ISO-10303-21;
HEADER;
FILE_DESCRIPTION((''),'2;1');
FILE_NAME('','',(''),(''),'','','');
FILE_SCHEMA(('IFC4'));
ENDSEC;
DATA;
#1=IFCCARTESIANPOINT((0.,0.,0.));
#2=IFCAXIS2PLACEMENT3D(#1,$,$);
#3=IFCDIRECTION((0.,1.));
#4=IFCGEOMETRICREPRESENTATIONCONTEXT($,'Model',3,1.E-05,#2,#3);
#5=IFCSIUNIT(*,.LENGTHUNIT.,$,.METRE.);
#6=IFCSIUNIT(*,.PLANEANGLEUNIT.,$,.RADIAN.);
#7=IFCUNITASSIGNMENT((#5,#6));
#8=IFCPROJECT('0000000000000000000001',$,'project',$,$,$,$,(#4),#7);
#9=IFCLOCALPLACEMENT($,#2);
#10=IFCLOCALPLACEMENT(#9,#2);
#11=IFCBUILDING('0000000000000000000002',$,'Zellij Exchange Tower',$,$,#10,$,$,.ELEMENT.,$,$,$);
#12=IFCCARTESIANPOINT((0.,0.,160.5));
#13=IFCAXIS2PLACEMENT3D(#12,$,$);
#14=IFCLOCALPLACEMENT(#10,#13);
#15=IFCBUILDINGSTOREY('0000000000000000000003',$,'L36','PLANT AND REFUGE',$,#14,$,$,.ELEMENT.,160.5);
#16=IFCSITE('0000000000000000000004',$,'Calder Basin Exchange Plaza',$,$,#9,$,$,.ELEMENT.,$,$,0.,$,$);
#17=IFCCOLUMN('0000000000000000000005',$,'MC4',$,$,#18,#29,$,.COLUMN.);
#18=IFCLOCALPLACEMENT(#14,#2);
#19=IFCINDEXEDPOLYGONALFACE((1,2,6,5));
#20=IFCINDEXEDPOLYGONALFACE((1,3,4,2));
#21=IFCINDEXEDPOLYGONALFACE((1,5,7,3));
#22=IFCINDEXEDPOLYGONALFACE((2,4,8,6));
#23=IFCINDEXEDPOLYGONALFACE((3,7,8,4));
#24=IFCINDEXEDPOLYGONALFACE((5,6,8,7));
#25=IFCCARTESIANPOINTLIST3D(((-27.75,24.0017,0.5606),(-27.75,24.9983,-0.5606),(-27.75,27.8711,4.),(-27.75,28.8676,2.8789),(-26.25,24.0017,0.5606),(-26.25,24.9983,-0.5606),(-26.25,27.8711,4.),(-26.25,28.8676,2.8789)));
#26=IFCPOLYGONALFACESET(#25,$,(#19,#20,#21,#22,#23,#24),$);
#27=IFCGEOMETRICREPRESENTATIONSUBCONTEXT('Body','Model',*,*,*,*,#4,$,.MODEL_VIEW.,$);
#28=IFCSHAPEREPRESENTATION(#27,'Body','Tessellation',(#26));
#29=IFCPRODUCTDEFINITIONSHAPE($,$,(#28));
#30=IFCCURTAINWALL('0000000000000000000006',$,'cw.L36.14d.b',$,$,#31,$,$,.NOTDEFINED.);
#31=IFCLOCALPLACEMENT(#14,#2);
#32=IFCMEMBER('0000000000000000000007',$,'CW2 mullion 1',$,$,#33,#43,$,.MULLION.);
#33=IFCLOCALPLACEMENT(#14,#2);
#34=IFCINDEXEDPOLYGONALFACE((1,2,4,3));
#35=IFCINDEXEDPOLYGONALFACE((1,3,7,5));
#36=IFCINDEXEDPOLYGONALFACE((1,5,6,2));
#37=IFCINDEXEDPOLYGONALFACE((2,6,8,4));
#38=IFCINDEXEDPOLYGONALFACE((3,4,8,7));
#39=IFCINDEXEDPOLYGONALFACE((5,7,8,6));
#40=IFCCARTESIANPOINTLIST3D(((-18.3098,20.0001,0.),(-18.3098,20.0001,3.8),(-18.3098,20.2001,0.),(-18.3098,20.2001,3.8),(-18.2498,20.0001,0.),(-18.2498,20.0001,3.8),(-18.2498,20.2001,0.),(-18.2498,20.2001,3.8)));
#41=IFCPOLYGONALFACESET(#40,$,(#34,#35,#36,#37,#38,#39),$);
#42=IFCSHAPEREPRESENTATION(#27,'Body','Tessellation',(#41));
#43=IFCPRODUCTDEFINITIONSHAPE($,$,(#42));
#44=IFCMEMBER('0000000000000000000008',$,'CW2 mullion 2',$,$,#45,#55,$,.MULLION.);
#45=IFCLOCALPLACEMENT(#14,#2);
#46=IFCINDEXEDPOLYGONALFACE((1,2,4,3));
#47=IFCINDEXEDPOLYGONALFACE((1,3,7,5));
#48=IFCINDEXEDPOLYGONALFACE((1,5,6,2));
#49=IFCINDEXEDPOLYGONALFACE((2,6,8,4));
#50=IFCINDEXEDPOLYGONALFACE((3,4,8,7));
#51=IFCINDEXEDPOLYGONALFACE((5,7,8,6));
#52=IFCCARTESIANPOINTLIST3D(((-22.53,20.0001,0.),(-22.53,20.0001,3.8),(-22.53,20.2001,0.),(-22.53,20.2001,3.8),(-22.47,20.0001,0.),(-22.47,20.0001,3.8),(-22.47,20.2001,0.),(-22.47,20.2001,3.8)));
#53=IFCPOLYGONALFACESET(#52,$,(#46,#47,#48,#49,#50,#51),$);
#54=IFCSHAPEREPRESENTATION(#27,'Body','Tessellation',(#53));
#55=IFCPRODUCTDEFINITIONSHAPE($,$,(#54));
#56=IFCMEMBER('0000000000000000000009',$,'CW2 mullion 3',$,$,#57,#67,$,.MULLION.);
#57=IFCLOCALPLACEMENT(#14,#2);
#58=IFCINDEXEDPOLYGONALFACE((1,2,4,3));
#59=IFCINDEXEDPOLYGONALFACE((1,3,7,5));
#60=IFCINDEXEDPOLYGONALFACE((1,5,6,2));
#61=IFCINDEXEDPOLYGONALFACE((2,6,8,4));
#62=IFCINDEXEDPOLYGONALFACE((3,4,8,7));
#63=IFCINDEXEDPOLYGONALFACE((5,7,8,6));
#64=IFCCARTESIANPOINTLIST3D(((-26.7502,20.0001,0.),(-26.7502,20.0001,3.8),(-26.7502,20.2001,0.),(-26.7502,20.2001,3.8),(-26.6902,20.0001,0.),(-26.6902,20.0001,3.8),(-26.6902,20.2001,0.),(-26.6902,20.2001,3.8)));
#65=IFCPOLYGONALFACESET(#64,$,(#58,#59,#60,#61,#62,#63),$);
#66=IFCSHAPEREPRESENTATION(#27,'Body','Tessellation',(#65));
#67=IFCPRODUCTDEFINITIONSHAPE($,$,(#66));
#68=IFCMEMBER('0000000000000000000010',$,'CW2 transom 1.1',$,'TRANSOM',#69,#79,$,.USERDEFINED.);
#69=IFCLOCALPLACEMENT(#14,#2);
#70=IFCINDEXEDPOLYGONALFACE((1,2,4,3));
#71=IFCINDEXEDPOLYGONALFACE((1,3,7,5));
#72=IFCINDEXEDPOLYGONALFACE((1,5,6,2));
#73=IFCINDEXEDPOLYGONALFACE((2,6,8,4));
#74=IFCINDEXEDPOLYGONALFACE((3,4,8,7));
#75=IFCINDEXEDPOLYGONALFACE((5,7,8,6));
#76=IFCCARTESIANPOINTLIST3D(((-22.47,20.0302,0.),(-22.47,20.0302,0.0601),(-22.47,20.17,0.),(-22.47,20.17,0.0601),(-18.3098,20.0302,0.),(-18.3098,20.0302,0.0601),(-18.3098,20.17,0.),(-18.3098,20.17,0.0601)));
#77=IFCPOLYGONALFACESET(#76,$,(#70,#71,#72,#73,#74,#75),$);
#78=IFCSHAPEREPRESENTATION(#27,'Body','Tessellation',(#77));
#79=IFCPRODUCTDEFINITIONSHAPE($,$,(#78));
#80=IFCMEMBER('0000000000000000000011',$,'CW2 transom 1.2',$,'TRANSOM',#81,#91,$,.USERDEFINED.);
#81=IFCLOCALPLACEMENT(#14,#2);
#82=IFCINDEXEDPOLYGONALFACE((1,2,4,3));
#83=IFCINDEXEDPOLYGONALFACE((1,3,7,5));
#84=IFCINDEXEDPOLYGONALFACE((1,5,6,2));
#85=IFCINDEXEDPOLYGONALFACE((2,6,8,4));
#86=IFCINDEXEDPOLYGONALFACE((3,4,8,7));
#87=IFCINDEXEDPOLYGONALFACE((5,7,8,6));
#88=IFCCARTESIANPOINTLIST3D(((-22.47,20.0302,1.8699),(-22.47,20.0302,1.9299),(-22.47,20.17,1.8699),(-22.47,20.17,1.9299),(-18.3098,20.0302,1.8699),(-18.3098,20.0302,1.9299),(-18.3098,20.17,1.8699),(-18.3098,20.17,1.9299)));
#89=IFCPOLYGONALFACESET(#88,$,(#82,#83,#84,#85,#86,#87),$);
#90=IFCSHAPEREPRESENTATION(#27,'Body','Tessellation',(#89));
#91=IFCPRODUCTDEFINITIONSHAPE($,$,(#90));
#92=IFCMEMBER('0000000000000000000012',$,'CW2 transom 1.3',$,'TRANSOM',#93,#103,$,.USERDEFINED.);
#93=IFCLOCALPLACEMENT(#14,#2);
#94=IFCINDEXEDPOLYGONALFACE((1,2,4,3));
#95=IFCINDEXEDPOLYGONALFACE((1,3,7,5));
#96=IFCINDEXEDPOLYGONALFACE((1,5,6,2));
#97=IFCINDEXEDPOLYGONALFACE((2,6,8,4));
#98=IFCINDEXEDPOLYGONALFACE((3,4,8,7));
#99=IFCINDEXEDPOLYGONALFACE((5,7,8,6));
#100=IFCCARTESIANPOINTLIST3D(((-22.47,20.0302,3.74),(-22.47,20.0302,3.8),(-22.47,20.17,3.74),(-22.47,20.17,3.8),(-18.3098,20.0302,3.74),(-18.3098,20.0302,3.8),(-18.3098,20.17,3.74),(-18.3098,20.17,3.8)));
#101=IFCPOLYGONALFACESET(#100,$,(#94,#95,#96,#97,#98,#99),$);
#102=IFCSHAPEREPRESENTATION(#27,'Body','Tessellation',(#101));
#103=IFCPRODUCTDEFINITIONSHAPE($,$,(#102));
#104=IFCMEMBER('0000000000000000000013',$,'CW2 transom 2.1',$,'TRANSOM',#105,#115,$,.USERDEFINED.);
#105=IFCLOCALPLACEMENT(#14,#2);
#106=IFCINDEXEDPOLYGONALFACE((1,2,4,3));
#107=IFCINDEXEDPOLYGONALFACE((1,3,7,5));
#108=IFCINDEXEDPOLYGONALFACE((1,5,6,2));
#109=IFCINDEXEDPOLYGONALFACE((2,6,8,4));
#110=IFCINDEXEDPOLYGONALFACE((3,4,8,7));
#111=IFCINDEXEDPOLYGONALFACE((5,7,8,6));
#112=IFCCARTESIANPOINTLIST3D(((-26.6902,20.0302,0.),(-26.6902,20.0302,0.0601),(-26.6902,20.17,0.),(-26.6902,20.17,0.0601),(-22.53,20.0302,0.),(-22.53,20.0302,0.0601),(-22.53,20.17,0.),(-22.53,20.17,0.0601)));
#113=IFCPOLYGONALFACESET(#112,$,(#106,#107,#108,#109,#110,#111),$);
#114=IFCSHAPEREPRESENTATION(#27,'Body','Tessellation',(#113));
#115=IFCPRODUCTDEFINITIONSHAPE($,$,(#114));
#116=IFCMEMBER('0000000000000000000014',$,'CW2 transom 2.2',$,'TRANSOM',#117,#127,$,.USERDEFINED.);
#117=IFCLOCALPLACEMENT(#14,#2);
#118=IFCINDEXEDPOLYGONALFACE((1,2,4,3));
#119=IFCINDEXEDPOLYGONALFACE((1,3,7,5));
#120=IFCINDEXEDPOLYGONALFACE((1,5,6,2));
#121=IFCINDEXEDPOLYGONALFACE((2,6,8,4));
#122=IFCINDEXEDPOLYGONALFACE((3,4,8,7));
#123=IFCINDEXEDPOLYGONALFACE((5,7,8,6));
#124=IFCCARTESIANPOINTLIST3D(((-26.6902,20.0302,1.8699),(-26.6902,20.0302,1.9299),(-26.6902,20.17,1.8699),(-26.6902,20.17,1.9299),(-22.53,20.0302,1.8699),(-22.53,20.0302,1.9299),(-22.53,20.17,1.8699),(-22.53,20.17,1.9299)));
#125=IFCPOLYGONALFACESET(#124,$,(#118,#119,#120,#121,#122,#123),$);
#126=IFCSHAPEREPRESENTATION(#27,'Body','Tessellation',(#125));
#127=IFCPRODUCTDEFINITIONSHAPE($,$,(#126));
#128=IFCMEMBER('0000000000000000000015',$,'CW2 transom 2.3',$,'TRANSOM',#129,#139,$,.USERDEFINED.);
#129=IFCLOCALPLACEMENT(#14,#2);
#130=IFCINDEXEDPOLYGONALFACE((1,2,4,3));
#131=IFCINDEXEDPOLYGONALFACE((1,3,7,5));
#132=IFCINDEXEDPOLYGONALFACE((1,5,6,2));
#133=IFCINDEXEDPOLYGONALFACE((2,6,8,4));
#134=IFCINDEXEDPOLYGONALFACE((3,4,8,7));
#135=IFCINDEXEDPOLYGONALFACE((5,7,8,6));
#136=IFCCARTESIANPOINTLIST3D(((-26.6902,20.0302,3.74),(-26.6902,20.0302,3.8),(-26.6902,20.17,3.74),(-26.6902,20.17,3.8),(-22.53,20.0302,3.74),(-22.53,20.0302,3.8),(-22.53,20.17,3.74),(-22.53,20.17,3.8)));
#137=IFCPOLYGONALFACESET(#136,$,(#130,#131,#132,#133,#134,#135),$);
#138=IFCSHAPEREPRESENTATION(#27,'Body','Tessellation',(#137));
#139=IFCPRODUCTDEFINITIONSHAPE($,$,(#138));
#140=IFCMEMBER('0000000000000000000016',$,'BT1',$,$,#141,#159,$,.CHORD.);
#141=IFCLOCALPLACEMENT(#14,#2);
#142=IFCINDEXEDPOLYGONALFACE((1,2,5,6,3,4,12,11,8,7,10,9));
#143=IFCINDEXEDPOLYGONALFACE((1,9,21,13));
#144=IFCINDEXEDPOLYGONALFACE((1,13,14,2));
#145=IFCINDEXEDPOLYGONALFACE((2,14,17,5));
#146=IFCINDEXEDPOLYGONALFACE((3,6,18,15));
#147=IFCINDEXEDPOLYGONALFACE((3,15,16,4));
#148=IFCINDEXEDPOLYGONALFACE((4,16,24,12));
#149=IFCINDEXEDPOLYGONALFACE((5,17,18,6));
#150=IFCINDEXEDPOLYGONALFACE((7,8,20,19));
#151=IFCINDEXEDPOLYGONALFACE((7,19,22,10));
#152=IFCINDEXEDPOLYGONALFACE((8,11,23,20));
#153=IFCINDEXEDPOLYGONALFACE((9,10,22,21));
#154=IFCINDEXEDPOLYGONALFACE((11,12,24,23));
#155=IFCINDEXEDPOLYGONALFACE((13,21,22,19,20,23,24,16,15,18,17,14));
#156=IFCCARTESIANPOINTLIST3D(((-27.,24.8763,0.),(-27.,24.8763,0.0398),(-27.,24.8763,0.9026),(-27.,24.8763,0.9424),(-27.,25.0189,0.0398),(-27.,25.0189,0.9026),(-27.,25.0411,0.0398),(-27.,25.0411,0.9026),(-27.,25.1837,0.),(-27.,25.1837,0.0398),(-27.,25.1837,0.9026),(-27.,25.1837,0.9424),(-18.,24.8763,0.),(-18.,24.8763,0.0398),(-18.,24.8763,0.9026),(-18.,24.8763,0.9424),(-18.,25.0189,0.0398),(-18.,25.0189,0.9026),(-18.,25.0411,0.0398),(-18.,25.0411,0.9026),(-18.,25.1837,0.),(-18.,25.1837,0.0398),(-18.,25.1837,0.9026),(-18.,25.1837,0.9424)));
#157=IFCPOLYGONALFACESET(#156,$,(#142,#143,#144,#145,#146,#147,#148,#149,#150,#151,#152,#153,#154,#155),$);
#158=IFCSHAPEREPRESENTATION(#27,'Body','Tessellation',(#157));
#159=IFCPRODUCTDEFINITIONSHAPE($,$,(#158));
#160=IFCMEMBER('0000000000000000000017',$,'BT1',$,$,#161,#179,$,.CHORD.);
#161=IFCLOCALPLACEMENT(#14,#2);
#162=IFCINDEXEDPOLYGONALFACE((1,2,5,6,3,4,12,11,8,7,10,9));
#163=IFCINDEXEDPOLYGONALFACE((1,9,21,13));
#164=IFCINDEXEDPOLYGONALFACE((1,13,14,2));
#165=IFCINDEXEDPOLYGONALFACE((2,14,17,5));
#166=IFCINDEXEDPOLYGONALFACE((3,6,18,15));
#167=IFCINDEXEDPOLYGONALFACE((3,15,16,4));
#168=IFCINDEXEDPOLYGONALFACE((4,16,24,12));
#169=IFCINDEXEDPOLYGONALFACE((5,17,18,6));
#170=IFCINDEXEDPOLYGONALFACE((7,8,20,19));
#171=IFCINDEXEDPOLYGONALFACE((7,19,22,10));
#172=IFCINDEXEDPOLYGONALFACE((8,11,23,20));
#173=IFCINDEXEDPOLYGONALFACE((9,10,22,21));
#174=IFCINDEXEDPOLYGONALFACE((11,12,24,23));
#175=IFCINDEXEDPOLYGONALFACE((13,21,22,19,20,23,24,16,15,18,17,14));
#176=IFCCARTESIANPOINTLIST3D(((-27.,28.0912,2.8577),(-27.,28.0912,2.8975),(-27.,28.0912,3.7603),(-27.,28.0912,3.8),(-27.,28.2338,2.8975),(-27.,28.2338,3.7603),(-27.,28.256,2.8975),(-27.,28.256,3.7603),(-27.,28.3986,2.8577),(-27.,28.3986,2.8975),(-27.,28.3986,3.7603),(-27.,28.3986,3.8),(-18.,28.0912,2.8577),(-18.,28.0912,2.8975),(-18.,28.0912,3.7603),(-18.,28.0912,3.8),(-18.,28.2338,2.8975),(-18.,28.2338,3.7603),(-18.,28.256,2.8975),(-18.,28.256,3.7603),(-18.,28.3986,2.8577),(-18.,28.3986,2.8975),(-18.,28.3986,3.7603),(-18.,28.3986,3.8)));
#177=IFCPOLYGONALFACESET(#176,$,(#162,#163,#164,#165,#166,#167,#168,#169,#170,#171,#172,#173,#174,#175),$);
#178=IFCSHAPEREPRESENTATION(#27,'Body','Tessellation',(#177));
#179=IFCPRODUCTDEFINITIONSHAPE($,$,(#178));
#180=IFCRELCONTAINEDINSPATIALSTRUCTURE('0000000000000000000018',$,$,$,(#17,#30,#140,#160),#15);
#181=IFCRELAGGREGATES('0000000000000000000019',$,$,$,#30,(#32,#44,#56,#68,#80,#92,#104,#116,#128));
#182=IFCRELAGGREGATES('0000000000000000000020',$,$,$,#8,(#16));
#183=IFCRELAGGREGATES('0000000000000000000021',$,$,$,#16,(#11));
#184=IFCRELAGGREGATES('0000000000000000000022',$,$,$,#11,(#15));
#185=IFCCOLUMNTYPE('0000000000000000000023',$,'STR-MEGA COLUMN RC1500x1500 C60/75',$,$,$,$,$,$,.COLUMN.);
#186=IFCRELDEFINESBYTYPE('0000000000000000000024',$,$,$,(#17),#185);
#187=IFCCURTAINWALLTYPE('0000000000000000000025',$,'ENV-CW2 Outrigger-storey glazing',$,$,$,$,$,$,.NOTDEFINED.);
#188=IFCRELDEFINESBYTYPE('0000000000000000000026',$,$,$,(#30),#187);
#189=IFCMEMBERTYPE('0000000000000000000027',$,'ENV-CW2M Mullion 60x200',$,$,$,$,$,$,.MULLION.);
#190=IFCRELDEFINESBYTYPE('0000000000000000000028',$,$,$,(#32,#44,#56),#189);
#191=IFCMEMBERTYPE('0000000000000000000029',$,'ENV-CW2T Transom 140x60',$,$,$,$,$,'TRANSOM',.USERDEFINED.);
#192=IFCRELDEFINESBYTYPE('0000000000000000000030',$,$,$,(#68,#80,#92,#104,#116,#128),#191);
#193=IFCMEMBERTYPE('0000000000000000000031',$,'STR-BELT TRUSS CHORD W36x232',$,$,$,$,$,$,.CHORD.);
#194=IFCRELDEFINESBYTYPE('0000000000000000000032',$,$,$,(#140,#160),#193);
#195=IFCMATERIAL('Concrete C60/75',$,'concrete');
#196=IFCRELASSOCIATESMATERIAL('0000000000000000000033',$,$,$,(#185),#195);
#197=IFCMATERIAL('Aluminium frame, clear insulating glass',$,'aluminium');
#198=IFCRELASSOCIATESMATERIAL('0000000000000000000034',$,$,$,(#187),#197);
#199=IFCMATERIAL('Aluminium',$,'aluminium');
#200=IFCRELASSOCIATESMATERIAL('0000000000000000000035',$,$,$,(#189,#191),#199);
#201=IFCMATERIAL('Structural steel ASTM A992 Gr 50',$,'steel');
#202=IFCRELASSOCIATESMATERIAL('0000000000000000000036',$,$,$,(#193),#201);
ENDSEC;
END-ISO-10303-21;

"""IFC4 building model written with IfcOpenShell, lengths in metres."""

from ifc_helpers import new_model, si_unit, direction, frame, origin, origin_2d, place, context, subcontext, project, spatial, rectangle, i_section, extrude, clip, halfspace, material, material_profile, profile_set, type_object, element, aggregate, save


model = new_model("IFC4")

# Units and contexts
model_context = context("Model", 3, precision=1e-05, world=origin(), true_north=direction((0.0, 1.0)))
body_context = subcontext(model_context, "Body", "Model", "MODEL_VIEW")
ifc_project = project(units=[si_unit("LENGTHUNIT", "METRE"), si_unit("PLANEANGLEUNIT", "RADIAN")], contexts=[model_context])

# Site, building, storey
site_placement = place(None, origin())
site = spatial("IfcSite", under=ifc_project, at=site_placement, Name="Calder Basin Exchange Plaza", CompositionType="ELEMENT", RefElevation=0.0)
building_placement = place(site_placement, origin())
building = spatial("IfcBuilding", under=site, at=building_placement, Name="Zellij Exchange Tower", CompositionType="ELEMENT")
storey_placement = place(building_placement, frame((0.0, 0.0, 160.5)))
storey = spatial("IfcBuildingStorey", under=building, at=storey_placement, Name="L36", Description="PLANT AND REFUGE", CompositionType="ELEMENT", Elevation=160.5)

# Column
ifc_material_1 = material(Name="Concrete C60/75", Category="concrete")
ifc_material_profile_1 = material_profile(ifc_material_1, rectangle(XDim=1.5, YDim=1.5, at=origin_2d()), Name="STR-MEGA COLUMN RC1500x1500 C60/75")
ifc_profile_set_1 = profile_set([ifc_material_profile_1], Name="Concrete C60/75")
column_type = type_object("IfcColumnType", Name="STR-MEGA COLUMN RC1500x1500 C60/75", PredefinedType="COLUMN", material=ifc_profile_set_1)
column_placement = place(storey_placement, frame((-27.0, 24.5, 0.0), z_axis=(0.0, 0.747409, 0.664364), x_axis=(-1.0, 0.0, 0.0)))
element("IfcColumn", 1, at=column_placement, inside=storey, type_object=column_type, Name="MC4", PredefinedType="COLUMN", context=body_context, shape_type="Clipping", body=[
    clip(extrude(rectangle(XDim=1.5, YDim=1.5, at=origin_2d()), origin(), (0.0, 0.0, 1.0), 6.0208), halfspace(frame((0.0, 0.0, 5.177)), False)),
])

# Curtain wall, members
ifc_material_2 = material(Name="Aluminium frame, clear insulating glass", Category="aluminium")
curtain_wall_type = type_object("IfcCurtainWallType", Name="ENV-CW2 Outrigger-storey glazing", PredefinedType="NOTDEFINED", material=ifc_material_2)
curtain_wall_placement = place(storey_placement, origin())
curtain_wall = element("IfcCurtainWall", 2, at=curtain_wall_placement, inside=storey, type_object=curtain_wall_type, Name="cw.L36.14d.b", PredefinedType="NOTDEFINED")
ifc_material_3 = material(Name="Aluminium", Category="aluminium")
ifc_material_profile_2 = material_profile(ifc_material_3, rectangle(XDim=0.0601, YDim=0.2, at=origin_2d()), Name="AL 60x200")
ifc_profile_set_2 = profile_set([ifc_material_profile_2], Name="Aluminium")
member_type_1 = type_object("IfcMemberType", Name="ENV-CW2M Mullion 60x200", PredefinedType="MULLION", material=ifc_profile_set_2)
member_1_placement = place(storey_placement, frame((-18.2798, 20.1001, 0.0), z_axis=(0.0, 0.0, 1.0), x_axis=(-1.0, 0.0, 0.0)))
member_1 = element("IfcMember", 3, at=member_1_placement, type_object=member_type_1, Name="CW2 mullion 1", PredefinedType="MULLION", context=body_context, shape_type="SweptSolid", body=[
    extrude(rectangle(XDim=0.0601, YDim=0.2, at=origin_2d()), origin(), (0.0, 0.0, 1.0), 3.8),
])
member_2_placement = place(storey_placement, frame((-22.5, 20.1001, 0.0), z_axis=(0.0, 0.0, 1.0), x_axis=(-1.0, 0.0, 0.0)))
member_2 = element("IfcMember", 4, at=member_2_placement, type_object=member_type_1, Name="CW2 mullion 2", PredefinedType="MULLION", context=body_context, shape_type="SweptSolid", body=[
    extrude(rectangle(XDim=0.0601, YDim=0.2, at=origin_2d()), origin(), (0.0, 0.0, 1.0), 3.8),
])
member_3_placement = place(storey_placement, frame((-26.7202, 20.1001, 0.0), z_axis=(0.0, 0.0, 1.0), x_axis=(-1.0, 0.0, 0.0)))
member_3 = element("IfcMember", 5, at=member_3_placement, type_object=member_type_1, Name="CW2 mullion 3", PredefinedType="MULLION", context=body_context, shape_type="SweptSolid", body=[
    extrude(rectangle(XDim=0.0601, YDim=0.2, at=origin_2d()), origin(), (0.0, 0.0, 1.0), 3.8),
])
ifc_material_profile_3 = material_profile(ifc_material_3, rectangle(XDim=0.1399, YDim=0.0601, at=origin_2d()), Name="AL 140x60")
ifc_profile_set_3 = profile_set([ifc_material_profile_3], Name="Aluminium")
member_type_2 = type_object("IfcMemberType", Name="ENV-CW2T Transom 140x60", ElementType="TRANSOM", PredefinedType="USERDEFINED", material=ifc_profile_set_3)
member_4_placement = place(storey_placement, frame((-18.3098, 20.1001, 0.03), z_axis=(-1.0, 0.0, 0.0), x_axis=(0.0, -1.0, 0.0)))
member_4 = element("IfcMember", 6, at=member_4_placement, type_object=member_type_2, Name="CW2 transom 1.1", ObjectType="TRANSOM", PredefinedType="USERDEFINED", context=body_context, shape_type="SweptSolid", body=[
    extrude(rectangle(XDim=0.1399, YDim=0.0601, at=origin_2d()), origin(), (0.0, 0.0, 1.0), 4.1602),
])
member_5_placement = place(storey_placement, frame((-18.3098, 20.1001, 1.8999), z_axis=(-1.0, 0.0, 0.0), x_axis=(0.0, -1.0, 0.0)))
member_5 = element("IfcMember", 7, at=member_5_placement, type_object=member_type_2, Name="CW2 transom 1.2", ObjectType="TRANSOM", PredefinedType="USERDEFINED", context=body_context, shape_type="SweptSolid", body=[
    extrude(rectangle(XDim=0.1399, YDim=0.0601, at=origin_2d()), origin(), (0.0, 0.0, 1.0), 4.1602),
])
member_6_placement = place(storey_placement, frame((-18.3098, 20.1001, 3.77), z_axis=(-1.0, 0.0, 0.0), x_axis=(0.0, -1.0, 0.0)))
member_6 = element("IfcMember", 8, at=member_6_placement, type_object=member_type_2, Name="CW2 transom 1.3", ObjectType="TRANSOM", PredefinedType="USERDEFINED", context=body_context, shape_type="SweptSolid", body=[
    extrude(rectangle(XDim=0.1399, YDim=0.0601, at=origin_2d()), origin(), (0.0, 0.0, 1.0), 4.1602),
])
member_7_placement = place(storey_placement, frame((-22.53, 20.1001, 0.03), z_axis=(-1.0, 0.0, 0.0), x_axis=(0.0, -1.0, 0.0)))
member_7 = element("IfcMember", 9, at=member_7_placement, type_object=member_type_2, Name="CW2 transom 2.1", ObjectType="TRANSOM", PredefinedType="USERDEFINED", context=body_context, shape_type="SweptSolid", body=[
    extrude(rectangle(XDim=0.1399, YDim=0.0601, at=origin_2d()), origin(), (0.0, 0.0, 1.0), 4.1602),
])
member_8_placement = place(storey_placement, frame((-22.53, 20.1001, 1.8999), z_axis=(-1.0, 0.0, 0.0), x_axis=(0.0, -1.0, 0.0)))
member_8 = element("IfcMember", 10, at=member_8_placement, type_object=member_type_2, Name="CW2 transom 2.2", ObjectType="TRANSOM", PredefinedType="USERDEFINED", context=body_context, shape_type="SweptSolid", body=[
    extrude(rectangle(XDim=0.1399, YDim=0.0601, at=origin_2d()), origin(), (0.0, 0.0, 1.0), 4.1602),
])
member_9_placement = place(storey_placement, frame((-22.53, 20.1001, 3.77), z_axis=(-1.0, 0.0, 0.0), x_axis=(0.0, -1.0, 0.0)))
member_9 = element("IfcMember", 11, at=member_9_placement, type_object=member_type_2, Name="CW2 transom 2.3", ObjectType="TRANSOM", PredefinedType="USERDEFINED", context=body_context, shape_type="SweptSolid", body=[
    extrude(rectangle(XDim=0.1399, YDim=0.0601, at=origin_2d()), origin(), (0.0, 0.0, 1.0), 4.1602),
])

# Members
ifc_material_4 = material(Name="Structural steel ASTM A992 Gr 50", Category="steel")
ifc_material_profile_4 = material_profile(ifc_material_4, i_section(OverallWidth=0.3074, OverallDepth=0.9424, WebThickness=0.0222, FlangeThickness=0.0398, at=origin_2d()), Name="W36x232")
ifc_profile_set_4 = profile_set([ifc_material_profile_4], Name="Structural steel ASTM A992 Gr 50")
member_type_3 = type_object("IfcMemberType", Name="STR-BELT TRUSS CHORD W36x232", PredefinedType="CHORD", material=ifc_profile_set_4)
for number, where, z_axis, x_axis, name in (
    (12, (-27.0, 25.03, 0.4712), (1.0, 0.0, 0.0), (0.0, 1.0, 0.0), "BT1"),
    (13, (-27.0, 28.2449, 3.3289), (1.0, 0.0, 0.0), (0.0, 1.0, 0.0), "BT1"),
):
    element("IfcMember", number, at=place(storey_placement, frame(where, z_axis=z_axis, x_axis=x_axis)), inside=storey, type_object=member_type_3, Name=name, PredefinedType="CHORD", context=body_context, shape_type="SweptSolid", body=[
        extrude(i_section(OverallWidth=0.3074, OverallDepth=0.9424, WebThickness=0.0222, FlangeThickness=0.0398, at=origin_2d()), origin(), (0.0, 0.0, 1.0), 9.0),
    ])

aggregate(curtain_wall, [member_1, member_2, member_3, member_4, member_5, member_6, member_7, member_8, member_9])

save(model, "model.ifc")
